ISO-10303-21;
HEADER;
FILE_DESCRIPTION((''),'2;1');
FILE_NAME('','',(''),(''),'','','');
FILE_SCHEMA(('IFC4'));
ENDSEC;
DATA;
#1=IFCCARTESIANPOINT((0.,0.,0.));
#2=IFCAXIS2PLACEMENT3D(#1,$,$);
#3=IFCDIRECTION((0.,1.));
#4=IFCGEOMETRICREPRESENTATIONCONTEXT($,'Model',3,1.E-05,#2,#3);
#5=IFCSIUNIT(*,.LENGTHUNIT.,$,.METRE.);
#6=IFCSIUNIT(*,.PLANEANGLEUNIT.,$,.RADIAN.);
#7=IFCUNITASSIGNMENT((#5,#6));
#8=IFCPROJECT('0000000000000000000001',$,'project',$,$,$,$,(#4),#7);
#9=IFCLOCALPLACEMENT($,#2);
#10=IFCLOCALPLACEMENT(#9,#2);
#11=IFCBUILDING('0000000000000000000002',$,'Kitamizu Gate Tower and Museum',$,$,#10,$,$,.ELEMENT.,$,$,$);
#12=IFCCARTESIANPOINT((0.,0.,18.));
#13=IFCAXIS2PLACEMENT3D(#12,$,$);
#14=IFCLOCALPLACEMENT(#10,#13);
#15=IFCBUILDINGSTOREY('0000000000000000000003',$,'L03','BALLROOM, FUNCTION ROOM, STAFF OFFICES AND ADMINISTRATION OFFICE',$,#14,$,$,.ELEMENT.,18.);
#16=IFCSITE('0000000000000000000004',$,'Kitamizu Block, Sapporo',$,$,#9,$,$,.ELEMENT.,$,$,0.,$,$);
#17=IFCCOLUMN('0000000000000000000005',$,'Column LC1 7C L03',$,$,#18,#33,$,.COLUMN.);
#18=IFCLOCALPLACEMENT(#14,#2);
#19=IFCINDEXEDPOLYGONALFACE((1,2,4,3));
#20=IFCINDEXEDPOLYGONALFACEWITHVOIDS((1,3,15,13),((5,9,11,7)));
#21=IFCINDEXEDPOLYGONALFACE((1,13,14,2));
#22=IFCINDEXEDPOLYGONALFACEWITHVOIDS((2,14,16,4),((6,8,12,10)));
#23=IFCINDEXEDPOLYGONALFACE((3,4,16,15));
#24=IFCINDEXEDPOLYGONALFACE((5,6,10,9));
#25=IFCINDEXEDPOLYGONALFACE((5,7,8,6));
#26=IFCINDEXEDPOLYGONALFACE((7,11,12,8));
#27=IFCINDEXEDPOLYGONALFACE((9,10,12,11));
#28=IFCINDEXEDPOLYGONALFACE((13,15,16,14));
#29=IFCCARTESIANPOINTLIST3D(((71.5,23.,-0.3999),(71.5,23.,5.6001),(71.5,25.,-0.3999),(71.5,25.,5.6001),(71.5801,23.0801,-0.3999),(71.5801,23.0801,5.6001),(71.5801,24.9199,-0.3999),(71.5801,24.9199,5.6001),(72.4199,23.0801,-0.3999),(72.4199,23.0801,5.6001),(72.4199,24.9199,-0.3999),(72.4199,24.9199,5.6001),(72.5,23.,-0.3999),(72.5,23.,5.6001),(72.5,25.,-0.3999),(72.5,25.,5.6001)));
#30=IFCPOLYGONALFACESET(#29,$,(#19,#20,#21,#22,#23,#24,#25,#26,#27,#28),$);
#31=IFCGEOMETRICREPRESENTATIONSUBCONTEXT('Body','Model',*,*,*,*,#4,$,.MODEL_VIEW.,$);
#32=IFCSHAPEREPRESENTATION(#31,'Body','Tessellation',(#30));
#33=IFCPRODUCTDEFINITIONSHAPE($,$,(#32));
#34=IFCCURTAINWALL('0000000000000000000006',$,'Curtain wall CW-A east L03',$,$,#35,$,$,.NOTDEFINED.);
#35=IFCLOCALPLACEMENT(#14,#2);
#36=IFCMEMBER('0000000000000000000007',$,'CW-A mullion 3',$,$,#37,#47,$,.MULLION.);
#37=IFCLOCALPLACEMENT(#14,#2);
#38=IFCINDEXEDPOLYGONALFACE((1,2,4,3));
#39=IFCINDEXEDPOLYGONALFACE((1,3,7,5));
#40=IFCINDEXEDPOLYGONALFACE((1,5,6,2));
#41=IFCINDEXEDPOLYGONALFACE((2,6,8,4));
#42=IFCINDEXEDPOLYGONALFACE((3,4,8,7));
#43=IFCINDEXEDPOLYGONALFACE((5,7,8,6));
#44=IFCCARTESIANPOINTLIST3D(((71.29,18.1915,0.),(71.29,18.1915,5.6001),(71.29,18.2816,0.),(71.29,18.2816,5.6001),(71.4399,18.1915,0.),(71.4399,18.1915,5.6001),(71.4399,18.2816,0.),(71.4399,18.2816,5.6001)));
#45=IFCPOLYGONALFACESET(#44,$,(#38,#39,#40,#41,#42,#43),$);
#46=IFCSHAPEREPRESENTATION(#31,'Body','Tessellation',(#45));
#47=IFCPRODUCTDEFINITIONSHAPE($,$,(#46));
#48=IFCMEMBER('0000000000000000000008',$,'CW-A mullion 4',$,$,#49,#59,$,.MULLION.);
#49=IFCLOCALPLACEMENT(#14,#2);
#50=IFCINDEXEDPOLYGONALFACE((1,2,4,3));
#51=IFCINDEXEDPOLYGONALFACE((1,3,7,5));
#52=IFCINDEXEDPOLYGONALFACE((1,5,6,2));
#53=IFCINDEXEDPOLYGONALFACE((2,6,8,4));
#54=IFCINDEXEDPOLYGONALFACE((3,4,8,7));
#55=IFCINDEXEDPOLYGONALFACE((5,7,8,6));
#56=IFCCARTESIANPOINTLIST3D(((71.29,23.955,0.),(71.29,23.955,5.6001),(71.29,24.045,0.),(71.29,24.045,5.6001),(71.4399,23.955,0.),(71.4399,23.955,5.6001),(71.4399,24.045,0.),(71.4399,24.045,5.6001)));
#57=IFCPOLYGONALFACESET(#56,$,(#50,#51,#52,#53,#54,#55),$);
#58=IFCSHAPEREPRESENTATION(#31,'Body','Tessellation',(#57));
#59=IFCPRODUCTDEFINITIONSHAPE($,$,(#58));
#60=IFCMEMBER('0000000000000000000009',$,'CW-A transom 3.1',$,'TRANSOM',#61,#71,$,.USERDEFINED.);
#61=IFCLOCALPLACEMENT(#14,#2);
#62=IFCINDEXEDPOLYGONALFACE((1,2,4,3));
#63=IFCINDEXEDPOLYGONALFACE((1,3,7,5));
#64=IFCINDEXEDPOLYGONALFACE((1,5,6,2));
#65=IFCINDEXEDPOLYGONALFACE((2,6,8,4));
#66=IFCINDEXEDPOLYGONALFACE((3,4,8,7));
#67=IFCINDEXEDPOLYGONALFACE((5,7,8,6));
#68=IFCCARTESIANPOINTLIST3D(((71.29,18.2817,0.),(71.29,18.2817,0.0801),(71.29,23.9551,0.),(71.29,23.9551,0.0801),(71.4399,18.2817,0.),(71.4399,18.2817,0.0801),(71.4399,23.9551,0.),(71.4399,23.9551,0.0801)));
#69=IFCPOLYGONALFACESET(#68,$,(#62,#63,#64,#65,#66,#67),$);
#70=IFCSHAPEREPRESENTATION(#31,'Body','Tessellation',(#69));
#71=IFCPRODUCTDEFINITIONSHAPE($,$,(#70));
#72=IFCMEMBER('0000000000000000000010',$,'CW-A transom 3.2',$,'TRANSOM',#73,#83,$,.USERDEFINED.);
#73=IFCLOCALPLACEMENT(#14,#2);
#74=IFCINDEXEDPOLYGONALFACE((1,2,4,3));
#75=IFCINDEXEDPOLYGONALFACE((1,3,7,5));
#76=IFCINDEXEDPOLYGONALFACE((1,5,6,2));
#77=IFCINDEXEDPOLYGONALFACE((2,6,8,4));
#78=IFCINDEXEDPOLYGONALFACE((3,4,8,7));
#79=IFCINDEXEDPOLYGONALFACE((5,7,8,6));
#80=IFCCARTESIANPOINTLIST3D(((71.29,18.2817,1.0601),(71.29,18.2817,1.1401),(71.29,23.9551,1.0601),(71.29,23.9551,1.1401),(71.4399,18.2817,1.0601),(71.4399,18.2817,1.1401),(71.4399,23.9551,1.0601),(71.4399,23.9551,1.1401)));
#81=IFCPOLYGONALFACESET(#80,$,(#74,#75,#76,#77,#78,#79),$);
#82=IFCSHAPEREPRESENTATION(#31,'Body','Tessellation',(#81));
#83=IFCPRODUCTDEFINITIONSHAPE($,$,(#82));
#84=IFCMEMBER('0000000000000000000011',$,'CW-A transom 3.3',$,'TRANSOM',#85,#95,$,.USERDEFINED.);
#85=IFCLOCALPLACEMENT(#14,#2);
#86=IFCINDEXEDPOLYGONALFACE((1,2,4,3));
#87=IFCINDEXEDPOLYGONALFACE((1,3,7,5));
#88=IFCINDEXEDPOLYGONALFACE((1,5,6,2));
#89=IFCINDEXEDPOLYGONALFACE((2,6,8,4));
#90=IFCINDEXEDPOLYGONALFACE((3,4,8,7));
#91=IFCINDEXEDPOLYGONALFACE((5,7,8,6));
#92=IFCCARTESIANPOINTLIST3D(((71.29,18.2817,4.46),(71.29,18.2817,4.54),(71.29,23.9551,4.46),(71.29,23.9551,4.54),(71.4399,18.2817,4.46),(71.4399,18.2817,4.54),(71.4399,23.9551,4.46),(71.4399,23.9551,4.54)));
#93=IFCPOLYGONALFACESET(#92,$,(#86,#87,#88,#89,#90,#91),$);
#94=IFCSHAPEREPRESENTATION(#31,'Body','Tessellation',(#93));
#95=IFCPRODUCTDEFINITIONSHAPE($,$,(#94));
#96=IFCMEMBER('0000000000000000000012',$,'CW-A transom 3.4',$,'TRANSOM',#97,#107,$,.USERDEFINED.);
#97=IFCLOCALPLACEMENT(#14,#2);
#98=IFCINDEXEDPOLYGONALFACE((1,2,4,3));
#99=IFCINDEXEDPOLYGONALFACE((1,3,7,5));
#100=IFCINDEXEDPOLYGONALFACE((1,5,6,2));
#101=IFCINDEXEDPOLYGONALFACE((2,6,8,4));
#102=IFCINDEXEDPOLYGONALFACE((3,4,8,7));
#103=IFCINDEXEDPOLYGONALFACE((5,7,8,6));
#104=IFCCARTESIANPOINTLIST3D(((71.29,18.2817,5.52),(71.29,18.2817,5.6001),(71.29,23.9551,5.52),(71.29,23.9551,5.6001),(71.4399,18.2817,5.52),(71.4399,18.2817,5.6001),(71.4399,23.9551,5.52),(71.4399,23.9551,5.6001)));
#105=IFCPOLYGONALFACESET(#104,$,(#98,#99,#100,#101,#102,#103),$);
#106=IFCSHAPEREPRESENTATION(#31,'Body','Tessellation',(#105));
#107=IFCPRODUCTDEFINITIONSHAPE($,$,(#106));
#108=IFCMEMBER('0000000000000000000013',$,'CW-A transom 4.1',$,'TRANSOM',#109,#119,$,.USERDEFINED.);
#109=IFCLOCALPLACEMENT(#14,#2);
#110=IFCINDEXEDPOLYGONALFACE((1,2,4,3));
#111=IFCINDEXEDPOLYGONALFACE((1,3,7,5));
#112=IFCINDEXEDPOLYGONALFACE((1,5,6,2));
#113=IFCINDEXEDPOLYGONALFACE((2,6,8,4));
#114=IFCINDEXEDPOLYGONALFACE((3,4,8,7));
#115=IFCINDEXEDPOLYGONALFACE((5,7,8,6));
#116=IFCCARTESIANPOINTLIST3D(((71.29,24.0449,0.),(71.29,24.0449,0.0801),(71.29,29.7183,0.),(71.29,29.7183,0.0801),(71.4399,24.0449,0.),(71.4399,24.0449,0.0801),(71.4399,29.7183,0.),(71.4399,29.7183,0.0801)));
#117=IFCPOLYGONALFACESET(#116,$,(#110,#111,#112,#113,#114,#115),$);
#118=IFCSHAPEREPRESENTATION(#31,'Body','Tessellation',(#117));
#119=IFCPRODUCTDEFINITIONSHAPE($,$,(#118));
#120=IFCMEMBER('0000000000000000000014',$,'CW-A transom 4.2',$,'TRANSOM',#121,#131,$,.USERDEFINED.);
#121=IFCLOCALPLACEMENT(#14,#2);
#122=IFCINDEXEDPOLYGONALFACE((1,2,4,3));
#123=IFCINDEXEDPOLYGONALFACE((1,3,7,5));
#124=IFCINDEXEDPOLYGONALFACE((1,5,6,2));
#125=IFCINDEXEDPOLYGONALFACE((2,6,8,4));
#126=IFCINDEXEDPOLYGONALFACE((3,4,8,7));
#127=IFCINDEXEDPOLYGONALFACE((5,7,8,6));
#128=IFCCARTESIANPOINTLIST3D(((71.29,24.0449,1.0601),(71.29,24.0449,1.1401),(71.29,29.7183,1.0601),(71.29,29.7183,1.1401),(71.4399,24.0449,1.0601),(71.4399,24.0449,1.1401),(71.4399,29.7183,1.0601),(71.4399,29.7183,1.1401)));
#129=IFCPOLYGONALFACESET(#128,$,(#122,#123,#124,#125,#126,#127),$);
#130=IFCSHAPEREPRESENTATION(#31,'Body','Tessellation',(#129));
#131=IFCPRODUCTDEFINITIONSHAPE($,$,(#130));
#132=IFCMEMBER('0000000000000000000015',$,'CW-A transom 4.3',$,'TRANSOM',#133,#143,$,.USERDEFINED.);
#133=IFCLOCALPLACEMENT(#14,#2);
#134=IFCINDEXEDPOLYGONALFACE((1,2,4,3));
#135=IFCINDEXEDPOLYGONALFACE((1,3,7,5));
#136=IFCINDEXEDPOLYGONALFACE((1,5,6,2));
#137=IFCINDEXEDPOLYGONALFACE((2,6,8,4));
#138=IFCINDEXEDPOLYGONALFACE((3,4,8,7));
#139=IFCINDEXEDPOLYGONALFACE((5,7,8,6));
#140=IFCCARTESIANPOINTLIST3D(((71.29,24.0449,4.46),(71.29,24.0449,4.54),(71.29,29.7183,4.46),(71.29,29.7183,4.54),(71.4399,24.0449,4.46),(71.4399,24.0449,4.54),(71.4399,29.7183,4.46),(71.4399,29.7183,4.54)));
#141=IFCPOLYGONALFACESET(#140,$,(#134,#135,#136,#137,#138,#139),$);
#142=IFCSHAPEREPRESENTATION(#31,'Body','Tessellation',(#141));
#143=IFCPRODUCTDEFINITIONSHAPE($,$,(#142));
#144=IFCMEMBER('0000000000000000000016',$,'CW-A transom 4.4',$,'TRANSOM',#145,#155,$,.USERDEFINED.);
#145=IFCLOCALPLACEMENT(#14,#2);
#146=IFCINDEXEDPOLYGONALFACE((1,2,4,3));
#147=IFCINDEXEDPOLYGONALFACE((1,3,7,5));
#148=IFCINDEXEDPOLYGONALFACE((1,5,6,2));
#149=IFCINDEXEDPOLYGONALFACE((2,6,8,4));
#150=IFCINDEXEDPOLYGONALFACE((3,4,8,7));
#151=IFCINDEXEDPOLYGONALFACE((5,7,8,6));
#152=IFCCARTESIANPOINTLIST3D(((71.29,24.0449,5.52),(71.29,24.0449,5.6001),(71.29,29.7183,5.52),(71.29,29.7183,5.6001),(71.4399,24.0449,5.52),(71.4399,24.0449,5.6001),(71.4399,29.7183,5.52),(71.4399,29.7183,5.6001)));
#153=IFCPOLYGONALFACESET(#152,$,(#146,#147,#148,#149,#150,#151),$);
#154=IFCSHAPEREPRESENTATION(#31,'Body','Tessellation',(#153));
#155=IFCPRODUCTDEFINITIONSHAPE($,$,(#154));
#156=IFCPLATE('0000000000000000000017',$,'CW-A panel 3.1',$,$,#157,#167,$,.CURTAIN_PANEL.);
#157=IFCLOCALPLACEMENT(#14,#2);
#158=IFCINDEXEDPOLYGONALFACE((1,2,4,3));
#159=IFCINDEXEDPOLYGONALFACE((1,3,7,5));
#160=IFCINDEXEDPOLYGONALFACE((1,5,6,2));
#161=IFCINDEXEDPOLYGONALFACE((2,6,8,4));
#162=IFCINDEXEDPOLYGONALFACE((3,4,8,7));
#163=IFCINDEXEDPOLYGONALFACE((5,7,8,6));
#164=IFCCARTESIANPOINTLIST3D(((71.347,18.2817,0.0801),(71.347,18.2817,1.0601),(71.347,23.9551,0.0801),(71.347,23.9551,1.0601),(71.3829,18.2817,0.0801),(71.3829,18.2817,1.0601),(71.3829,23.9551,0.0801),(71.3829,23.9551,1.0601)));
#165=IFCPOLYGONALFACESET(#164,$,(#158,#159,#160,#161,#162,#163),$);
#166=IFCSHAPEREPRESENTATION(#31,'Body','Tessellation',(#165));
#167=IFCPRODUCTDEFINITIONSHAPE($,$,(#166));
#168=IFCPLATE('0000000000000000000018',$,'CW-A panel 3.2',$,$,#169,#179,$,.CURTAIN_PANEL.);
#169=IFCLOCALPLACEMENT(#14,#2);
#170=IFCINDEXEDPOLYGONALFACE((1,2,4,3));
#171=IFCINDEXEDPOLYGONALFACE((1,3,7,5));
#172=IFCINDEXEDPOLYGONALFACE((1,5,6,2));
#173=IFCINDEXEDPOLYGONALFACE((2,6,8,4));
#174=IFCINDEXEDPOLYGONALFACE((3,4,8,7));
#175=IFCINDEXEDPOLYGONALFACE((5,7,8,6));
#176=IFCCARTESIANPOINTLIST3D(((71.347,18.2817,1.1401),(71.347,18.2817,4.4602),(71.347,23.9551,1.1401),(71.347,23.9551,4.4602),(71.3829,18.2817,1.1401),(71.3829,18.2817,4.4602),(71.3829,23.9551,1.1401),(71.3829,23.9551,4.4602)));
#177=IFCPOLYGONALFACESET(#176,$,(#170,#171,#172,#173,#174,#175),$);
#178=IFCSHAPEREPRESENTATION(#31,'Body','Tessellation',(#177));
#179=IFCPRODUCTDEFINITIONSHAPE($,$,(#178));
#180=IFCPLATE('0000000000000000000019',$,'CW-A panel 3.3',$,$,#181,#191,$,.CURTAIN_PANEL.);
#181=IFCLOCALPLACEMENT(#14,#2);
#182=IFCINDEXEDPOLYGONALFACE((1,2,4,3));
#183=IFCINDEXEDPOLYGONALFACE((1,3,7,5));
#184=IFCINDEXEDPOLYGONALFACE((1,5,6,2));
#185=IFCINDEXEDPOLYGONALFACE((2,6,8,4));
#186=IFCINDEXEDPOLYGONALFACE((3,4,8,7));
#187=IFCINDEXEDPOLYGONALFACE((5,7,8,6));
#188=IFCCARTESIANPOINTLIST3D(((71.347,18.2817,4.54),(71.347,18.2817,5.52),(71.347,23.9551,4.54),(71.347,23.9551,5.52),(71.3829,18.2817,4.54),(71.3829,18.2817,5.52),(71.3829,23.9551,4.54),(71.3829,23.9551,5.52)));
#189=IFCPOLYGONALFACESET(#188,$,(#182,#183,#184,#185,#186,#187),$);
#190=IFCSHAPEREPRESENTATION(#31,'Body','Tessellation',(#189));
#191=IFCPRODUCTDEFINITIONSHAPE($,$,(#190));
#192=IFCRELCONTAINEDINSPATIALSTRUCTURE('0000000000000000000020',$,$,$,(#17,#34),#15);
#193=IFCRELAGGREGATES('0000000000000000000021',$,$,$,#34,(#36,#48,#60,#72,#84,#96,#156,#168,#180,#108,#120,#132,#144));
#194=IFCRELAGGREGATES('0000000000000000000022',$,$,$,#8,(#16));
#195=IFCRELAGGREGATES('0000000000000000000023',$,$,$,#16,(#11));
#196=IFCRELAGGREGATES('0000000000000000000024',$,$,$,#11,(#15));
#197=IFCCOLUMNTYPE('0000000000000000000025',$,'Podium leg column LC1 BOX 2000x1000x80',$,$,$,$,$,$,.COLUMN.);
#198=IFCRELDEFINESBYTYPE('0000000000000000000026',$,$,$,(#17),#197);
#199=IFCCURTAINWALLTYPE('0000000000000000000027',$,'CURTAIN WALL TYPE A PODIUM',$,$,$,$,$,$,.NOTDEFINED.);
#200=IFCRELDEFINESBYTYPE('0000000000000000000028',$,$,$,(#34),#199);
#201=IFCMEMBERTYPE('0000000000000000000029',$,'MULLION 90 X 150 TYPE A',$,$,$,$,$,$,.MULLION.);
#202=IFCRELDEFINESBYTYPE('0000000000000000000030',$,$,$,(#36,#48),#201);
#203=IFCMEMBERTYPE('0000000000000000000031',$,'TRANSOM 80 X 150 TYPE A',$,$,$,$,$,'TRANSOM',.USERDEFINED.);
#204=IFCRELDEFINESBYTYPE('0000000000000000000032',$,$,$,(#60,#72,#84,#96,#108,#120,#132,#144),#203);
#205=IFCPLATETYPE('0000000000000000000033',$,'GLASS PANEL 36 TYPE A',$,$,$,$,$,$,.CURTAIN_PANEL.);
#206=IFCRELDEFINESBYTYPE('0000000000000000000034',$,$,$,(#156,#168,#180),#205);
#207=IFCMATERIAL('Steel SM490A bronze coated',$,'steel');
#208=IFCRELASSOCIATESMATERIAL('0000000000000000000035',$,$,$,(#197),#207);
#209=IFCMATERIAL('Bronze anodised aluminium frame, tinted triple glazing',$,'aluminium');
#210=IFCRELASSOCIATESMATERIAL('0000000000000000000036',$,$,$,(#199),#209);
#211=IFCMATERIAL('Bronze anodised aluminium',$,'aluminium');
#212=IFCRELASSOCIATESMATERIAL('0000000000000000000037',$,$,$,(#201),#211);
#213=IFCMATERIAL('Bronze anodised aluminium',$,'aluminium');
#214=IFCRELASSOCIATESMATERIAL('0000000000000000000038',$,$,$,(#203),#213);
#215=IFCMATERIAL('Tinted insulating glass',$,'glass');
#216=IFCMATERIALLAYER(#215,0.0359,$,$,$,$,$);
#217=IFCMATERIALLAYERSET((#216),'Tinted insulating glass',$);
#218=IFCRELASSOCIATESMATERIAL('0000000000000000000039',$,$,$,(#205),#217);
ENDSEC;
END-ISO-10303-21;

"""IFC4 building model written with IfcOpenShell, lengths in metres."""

from ifc_helpers import new_model, si_unit, direction, frame, origin, origin_2d, place, context, subcontext, project, spatial, rectangle, hollow_rectangle, extrude, material, layer, layer_set, material_profile, profile_set, type_object, element, aggregate, save


model = new_model("IFC4")

# Units and contexts
model_context = context("Model", 3, precision=1e-05, world=origin(), true_north=direction((0.0, 1.0)))
body_context = subcontext(model_context, "Body", "Model", "MODEL_VIEW")
ifc_project = project(units=[si_unit("LENGTHUNIT", "METRE"), si_unit("PLANEANGLEUNIT", "RADIAN")], contexts=[model_context])

# Site, building, storey
site_placement = place(None, origin())
site = spatial("IfcSite", under=ifc_project, at=site_placement, Name="Kitamizu Block, Sapporo", CompositionType="ELEMENT", RefElevation=0.0)
building_placement = place(site_placement, origin())
building = spatial("IfcBuilding", under=site, at=building_placement, Name="Kitamizu Gate Tower and Museum", CompositionType="ELEMENT")
storey_placement = place(building_placement, frame((0.0, 0.0, 18.0)))
storey = spatial("IfcBuildingStorey", under=building, at=storey_placement, Name="L03", Description="BALLROOM, FUNCTION ROOM, STAFF OFFICES AND ADMINISTRATION OFFICE", CompositionType="ELEMENT", Elevation=18.0)

# Column
ifc_material_1 = material(Name="Steel SM490A bronze coated", Category="steel")
ifc_material_profile_1 = material_profile(ifc_material_1, hollow_rectangle(XDim=2.0, YDim=1.0, WallThickness=0.0801, at=origin_2d()), Name="BOX 2000x1000x80")
ifc_profile_set_1 = profile_set([ifc_material_profile_1], Name="Steel SM490A bronze coated")
column_type = type_object("IfcColumnType", Name="Podium leg column LC1 BOX 2000x1000x80", PredefinedType="COLUMN", material=ifc_profile_set_1)
column_placement = place(storey_placement, frame((72.0, 24.0, -0.3999), z_axis=(0.0, 0.0, 1.0), x_axis=(0.0, 1.0, 0.0)))
element("IfcColumn", 1, at=column_placement, inside=storey, type_object=column_type, Name="Column LC1 7C L03", PredefinedType="COLUMN", context=body_context, shape_type="SweptSolid", body=[
    extrude(hollow_rectangle(XDim=2.0, YDim=1.0, WallThickness=0.0801, at=origin_2d()), origin(), (0.0, 0.0, 1.0), 6.0),
])

# Curtain wall, members, plates
ifc_material_2 = material(Name="Bronze anodised aluminium frame, tinted triple glazing", Category="aluminium")
curtain_wall_type = type_object("IfcCurtainWallType", Name="CURTAIN WALL TYPE A PODIUM", PredefinedType="NOTDEFINED", material=ifc_material_2)
curtain_wall_placement = place(storey_placement, origin())
curtain_wall = element("IfcCurtainWall", 2, at=curtain_wall_placement, inside=storey, type_object=curtain_wall_type, Name="Curtain wall CW-A east L03", PredefinedType="NOTDEFINED")
ifc_material_3 = material(Name="Bronze anodised aluminium", Category="aluminium")
ifc_material_profile_2 = material_profile(ifc_material_3, rectangle(XDim=0.0901, YDim=0.1499, at=origin_2d()), Name="AL 90X150")
ifc_profile_set_2 = profile_set([ifc_material_profile_2], Name="Bronze anodised aluminium")
member_type_1 = type_object("IfcMemberType", Name="MULLION 90 X 150 TYPE A", PredefinedType="MULLION", material=ifc_profile_set_2)
member_1_placement = place(storey_placement, frame((71.365, 18.2366, 0.0), z_axis=(0.0, 0.0, 1.0), x_axis=(0.0, 1.0, 0.0)))
member_1 = element("IfcMember", 3, at=member_1_placement, type_object=member_type_1, Name="CW-A mullion 3", PredefinedType="MULLION", context=body_context, shape_type="SweptSolid", body=[
    extrude(rectangle(XDim=0.0901, YDim=0.1499, at=origin_2d()), origin(), (0.0, 0.0, 1.0), 5.6001),
])
member_2_placement = place(storey_placement, frame((71.365, 24.0, 0.0), z_axis=(0.0, 0.0, 1.0), x_axis=(0.0, 1.0, 0.0)))
member_2 = element("IfcMember", 4, at=member_2_placement, type_object=member_type_1, Name="CW-A mullion 4", PredefinedType="MULLION", context=body_context, shape_type="SweptSolid", body=[
    extrude(rectangle(XDim=0.0901, YDim=0.1499, at=origin_2d()), origin(), (0.0, 0.0, 1.0), 5.6001),
])
ifc_material_4 = material(Name="Bronze anodised aluminium", Category="aluminium")
ifc_material_profile_3 = material_profile(ifc_material_4, rectangle(XDim=0.1499, YDim=0.0801, at=origin_2d()), Name="AL 80X150")
ifc_profile_set_3 = profile_set([ifc_material_profile_3], Name="Bronze anodised aluminium")
member_type_2 = type_object("IfcMemberType", Name="TRANSOM 80 X 150 TYPE A", ElementType="TRANSOM", PredefinedType="USERDEFINED", material=ifc_profile_set_3)
member_3_placement = place(storey_placement, frame((71.365, 18.2817, 0.04), z_axis=(0.0, 1.0, 0.0), x_axis=(-1.0, 0.0, 0.0)))
member_3 = element("IfcMember", 5, at=member_3_placement, type_object=member_type_2, Name="CW-A transom 3.1", ObjectType="TRANSOM", PredefinedType="USERDEFINED", context=body_context, shape_type="SweptSolid", body=[
    extrude(rectangle(XDim=0.1499, YDim=0.0801, at=origin_2d()), origin(), (0.0, 0.0, 1.0), 5.6733),
])
member_4_placement = place(storey_placement, frame((71.365, 18.2817, 1.1001), z_axis=(0.0, 1.0, 0.0), x_axis=(-1.0, 0.0, 0.0)))
member_4 = element("IfcMember", 6, at=member_4_placement, type_object=member_type_2, Name="CW-A transom 3.2", ObjectType="TRANSOM", PredefinedType="USERDEFINED", context=body_context, shape_type="SweptSolid", body=[
    extrude(rectangle(XDim=0.1499, YDim=0.0801, at=origin_2d()), origin(), (0.0, 0.0, 1.0), 5.6733),
])
member_5_placement = place(storey_placement, frame((71.365, 18.2817, 4.5), z_axis=(0.0, 1.0, 0.0), x_axis=(-1.0, 0.0, 0.0)))
member_5 = element("IfcMember", 7, at=member_5_placement, type_object=member_type_2, Name="CW-A transom 3.3", ObjectType="TRANSOM", PredefinedType="USERDEFINED", context=body_context, shape_type="SweptSolid", body=[
    extrude(rectangle(XDim=0.1499, YDim=0.0801, at=origin_2d()), origin(), (0.0, 0.0, 1.0), 5.6733),
])
member_6_placement = place(storey_placement, frame((71.365, 18.2817, 5.5601), z_axis=(0.0, 1.0, 0.0), x_axis=(-1.0, 0.0, 0.0)))
member_6 = element("IfcMember", 8, at=member_6_placement, type_object=member_type_2, Name="CW-A transom 3.4", ObjectType="TRANSOM", PredefinedType="USERDEFINED", context=body_context, shape_type="SweptSolid", body=[
    extrude(rectangle(XDim=0.1499, YDim=0.0801, at=origin_2d()), origin(), (0.0, 0.0, 1.0), 5.6733),
])
member_7_placement = place(storey_placement, frame((71.365, 24.0449, 0.04), z_axis=(0.0, 1.0, 0.0), x_axis=(-1.0, 0.0, 0.0)))
member_7 = element("IfcMember", 9, at=member_7_placement, type_object=member_type_2, Name="CW-A transom 4.1", ObjectType="TRANSOM", PredefinedType="USERDEFINED", context=body_context, shape_type="SweptSolid", body=[
    extrude(rectangle(XDim=0.1499, YDim=0.0801, at=origin_2d()), origin(), (0.0, 0.0, 1.0), 5.6733),
])
member_8_placement = place(storey_placement, frame((71.365, 24.0449, 1.1001), z_axis=(0.0, 1.0, 0.0), x_axis=(-1.0, 0.0, 0.0)))
member_8 = element("IfcMember", 10, at=member_8_placement, type_object=member_type_2, Name="CW-A transom 4.2", ObjectType="TRANSOM", PredefinedType="USERDEFINED", context=body_context, shape_type="SweptSolid", body=[
    extrude(rectangle(XDim=0.1499, YDim=0.0801, at=origin_2d()), origin(), (0.0, 0.0, 1.0), 5.6733),
])
member_9_placement = place(storey_placement, frame((71.365, 24.0449, 4.5), z_axis=(0.0, 1.0, 0.0), x_axis=(-1.0, 0.0, 0.0)))
member_9 = element("IfcMember", 11, at=member_9_placement, type_object=member_type_2, Name="CW-A transom 4.3", ObjectType="TRANSOM", PredefinedType="USERDEFINED", context=body_context, shape_type="SweptSolid", body=[
    extrude(rectangle(XDim=0.1499, YDim=0.0801, at=origin_2d()), origin(), (0.0, 0.0, 1.0), 5.6733),
])
member_10_placement = place(storey_placement, frame((71.365, 24.0449, 5.5601), z_axis=(0.0, 1.0, 0.0), x_axis=(-1.0, 0.0, 0.0)))
member_10 = element("IfcMember", 12, at=member_10_placement, type_object=member_type_2, Name="CW-A transom 4.4", ObjectType="TRANSOM", PredefinedType="USERDEFINED", context=body_context, shape_type="SweptSolid", body=[
    extrude(rectangle(XDim=0.1499, YDim=0.0801, at=origin_2d()), origin(), (0.0, 0.0, 1.0), 5.6733),
])
ifc_material_5 = material(Name="Tinted insulating glass", Category="glass")
ifc_layer = layer(ifc_material_5, 0.0359)
ifc_layer_set = layer_set([ifc_layer], Name="Tinted insulating glass")
plate_type = type_object("IfcPlateType", Name="GLASS PANEL 36 TYPE A", PredefinedType="CURTAIN_PANEL", material=ifc_layer_set)
plate_1_placement = place(storey_placement, frame((71.365, 21.1184, 0.0801), z_axis=(0.0, 0.0, 1.0), x_axis=(0.0, 1.0, 0.0)))
plate_1 = element("IfcPlate", 13, at=plate_1_placement, type_object=plate_type, Name="CW-A panel 3.1", PredefinedType="CURTAIN_PANEL", context=body_context, shape_type="SweptSolid", body=[
    extrude(rectangle(XDim=5.6733, YDim=0.0359, at=origin_2d()), origin(), (0.0, 0.0, 1.0), 0.98),
])
plate_2_placement = place(storey_placement, frame((71.365, 21.1184, 1.1401), z_axis=(0.0, 0.0, 1.0), x_axis=(0.0, 1.0, 0.0)))
plate_2 = element("IfcPlate", 14, at=plate_2_placement, type_object=plate_type, Name="CW-A panel 3.2", PredefinedType="CURTAIN_PANEL", context=body_context, shape_type="SweptSolid", body=[
    extrude(rectangle(XDim=5.6733, YDim=0.0359, at=origin_2d()), origin(), (0.0, 0.0, 1.0), 3.3201),
])
plate_3_placement = place(storey_placement, frame((71.365, 21.1184, 4.54), z_axis=(0.0, 0.0, 1.0), x_axis=(0.0, 1.0, 0.0)))
plate_3 = element("IfcPlate", 15, at=plate_3_placement, type_object=plate_type, Name="CW-A panel 3.3", PredefinedType="CURTAIN_PANEL", context=body_context, shape_type="SweptSolid", body=[
    extrude(rectangle(XDim=5.6733, YDim=0.0359, at=origin_2d()), origin(), (0.0, 0.0, 1.0), 0.98),
])
aggregate(curtain_wall, [member_1, member_2, member_3, member_4, member_5, member_6, plate_1, plate_2, plate_3, member_7, member_8, member_9, member_10])

save(model, "model.ifc")
